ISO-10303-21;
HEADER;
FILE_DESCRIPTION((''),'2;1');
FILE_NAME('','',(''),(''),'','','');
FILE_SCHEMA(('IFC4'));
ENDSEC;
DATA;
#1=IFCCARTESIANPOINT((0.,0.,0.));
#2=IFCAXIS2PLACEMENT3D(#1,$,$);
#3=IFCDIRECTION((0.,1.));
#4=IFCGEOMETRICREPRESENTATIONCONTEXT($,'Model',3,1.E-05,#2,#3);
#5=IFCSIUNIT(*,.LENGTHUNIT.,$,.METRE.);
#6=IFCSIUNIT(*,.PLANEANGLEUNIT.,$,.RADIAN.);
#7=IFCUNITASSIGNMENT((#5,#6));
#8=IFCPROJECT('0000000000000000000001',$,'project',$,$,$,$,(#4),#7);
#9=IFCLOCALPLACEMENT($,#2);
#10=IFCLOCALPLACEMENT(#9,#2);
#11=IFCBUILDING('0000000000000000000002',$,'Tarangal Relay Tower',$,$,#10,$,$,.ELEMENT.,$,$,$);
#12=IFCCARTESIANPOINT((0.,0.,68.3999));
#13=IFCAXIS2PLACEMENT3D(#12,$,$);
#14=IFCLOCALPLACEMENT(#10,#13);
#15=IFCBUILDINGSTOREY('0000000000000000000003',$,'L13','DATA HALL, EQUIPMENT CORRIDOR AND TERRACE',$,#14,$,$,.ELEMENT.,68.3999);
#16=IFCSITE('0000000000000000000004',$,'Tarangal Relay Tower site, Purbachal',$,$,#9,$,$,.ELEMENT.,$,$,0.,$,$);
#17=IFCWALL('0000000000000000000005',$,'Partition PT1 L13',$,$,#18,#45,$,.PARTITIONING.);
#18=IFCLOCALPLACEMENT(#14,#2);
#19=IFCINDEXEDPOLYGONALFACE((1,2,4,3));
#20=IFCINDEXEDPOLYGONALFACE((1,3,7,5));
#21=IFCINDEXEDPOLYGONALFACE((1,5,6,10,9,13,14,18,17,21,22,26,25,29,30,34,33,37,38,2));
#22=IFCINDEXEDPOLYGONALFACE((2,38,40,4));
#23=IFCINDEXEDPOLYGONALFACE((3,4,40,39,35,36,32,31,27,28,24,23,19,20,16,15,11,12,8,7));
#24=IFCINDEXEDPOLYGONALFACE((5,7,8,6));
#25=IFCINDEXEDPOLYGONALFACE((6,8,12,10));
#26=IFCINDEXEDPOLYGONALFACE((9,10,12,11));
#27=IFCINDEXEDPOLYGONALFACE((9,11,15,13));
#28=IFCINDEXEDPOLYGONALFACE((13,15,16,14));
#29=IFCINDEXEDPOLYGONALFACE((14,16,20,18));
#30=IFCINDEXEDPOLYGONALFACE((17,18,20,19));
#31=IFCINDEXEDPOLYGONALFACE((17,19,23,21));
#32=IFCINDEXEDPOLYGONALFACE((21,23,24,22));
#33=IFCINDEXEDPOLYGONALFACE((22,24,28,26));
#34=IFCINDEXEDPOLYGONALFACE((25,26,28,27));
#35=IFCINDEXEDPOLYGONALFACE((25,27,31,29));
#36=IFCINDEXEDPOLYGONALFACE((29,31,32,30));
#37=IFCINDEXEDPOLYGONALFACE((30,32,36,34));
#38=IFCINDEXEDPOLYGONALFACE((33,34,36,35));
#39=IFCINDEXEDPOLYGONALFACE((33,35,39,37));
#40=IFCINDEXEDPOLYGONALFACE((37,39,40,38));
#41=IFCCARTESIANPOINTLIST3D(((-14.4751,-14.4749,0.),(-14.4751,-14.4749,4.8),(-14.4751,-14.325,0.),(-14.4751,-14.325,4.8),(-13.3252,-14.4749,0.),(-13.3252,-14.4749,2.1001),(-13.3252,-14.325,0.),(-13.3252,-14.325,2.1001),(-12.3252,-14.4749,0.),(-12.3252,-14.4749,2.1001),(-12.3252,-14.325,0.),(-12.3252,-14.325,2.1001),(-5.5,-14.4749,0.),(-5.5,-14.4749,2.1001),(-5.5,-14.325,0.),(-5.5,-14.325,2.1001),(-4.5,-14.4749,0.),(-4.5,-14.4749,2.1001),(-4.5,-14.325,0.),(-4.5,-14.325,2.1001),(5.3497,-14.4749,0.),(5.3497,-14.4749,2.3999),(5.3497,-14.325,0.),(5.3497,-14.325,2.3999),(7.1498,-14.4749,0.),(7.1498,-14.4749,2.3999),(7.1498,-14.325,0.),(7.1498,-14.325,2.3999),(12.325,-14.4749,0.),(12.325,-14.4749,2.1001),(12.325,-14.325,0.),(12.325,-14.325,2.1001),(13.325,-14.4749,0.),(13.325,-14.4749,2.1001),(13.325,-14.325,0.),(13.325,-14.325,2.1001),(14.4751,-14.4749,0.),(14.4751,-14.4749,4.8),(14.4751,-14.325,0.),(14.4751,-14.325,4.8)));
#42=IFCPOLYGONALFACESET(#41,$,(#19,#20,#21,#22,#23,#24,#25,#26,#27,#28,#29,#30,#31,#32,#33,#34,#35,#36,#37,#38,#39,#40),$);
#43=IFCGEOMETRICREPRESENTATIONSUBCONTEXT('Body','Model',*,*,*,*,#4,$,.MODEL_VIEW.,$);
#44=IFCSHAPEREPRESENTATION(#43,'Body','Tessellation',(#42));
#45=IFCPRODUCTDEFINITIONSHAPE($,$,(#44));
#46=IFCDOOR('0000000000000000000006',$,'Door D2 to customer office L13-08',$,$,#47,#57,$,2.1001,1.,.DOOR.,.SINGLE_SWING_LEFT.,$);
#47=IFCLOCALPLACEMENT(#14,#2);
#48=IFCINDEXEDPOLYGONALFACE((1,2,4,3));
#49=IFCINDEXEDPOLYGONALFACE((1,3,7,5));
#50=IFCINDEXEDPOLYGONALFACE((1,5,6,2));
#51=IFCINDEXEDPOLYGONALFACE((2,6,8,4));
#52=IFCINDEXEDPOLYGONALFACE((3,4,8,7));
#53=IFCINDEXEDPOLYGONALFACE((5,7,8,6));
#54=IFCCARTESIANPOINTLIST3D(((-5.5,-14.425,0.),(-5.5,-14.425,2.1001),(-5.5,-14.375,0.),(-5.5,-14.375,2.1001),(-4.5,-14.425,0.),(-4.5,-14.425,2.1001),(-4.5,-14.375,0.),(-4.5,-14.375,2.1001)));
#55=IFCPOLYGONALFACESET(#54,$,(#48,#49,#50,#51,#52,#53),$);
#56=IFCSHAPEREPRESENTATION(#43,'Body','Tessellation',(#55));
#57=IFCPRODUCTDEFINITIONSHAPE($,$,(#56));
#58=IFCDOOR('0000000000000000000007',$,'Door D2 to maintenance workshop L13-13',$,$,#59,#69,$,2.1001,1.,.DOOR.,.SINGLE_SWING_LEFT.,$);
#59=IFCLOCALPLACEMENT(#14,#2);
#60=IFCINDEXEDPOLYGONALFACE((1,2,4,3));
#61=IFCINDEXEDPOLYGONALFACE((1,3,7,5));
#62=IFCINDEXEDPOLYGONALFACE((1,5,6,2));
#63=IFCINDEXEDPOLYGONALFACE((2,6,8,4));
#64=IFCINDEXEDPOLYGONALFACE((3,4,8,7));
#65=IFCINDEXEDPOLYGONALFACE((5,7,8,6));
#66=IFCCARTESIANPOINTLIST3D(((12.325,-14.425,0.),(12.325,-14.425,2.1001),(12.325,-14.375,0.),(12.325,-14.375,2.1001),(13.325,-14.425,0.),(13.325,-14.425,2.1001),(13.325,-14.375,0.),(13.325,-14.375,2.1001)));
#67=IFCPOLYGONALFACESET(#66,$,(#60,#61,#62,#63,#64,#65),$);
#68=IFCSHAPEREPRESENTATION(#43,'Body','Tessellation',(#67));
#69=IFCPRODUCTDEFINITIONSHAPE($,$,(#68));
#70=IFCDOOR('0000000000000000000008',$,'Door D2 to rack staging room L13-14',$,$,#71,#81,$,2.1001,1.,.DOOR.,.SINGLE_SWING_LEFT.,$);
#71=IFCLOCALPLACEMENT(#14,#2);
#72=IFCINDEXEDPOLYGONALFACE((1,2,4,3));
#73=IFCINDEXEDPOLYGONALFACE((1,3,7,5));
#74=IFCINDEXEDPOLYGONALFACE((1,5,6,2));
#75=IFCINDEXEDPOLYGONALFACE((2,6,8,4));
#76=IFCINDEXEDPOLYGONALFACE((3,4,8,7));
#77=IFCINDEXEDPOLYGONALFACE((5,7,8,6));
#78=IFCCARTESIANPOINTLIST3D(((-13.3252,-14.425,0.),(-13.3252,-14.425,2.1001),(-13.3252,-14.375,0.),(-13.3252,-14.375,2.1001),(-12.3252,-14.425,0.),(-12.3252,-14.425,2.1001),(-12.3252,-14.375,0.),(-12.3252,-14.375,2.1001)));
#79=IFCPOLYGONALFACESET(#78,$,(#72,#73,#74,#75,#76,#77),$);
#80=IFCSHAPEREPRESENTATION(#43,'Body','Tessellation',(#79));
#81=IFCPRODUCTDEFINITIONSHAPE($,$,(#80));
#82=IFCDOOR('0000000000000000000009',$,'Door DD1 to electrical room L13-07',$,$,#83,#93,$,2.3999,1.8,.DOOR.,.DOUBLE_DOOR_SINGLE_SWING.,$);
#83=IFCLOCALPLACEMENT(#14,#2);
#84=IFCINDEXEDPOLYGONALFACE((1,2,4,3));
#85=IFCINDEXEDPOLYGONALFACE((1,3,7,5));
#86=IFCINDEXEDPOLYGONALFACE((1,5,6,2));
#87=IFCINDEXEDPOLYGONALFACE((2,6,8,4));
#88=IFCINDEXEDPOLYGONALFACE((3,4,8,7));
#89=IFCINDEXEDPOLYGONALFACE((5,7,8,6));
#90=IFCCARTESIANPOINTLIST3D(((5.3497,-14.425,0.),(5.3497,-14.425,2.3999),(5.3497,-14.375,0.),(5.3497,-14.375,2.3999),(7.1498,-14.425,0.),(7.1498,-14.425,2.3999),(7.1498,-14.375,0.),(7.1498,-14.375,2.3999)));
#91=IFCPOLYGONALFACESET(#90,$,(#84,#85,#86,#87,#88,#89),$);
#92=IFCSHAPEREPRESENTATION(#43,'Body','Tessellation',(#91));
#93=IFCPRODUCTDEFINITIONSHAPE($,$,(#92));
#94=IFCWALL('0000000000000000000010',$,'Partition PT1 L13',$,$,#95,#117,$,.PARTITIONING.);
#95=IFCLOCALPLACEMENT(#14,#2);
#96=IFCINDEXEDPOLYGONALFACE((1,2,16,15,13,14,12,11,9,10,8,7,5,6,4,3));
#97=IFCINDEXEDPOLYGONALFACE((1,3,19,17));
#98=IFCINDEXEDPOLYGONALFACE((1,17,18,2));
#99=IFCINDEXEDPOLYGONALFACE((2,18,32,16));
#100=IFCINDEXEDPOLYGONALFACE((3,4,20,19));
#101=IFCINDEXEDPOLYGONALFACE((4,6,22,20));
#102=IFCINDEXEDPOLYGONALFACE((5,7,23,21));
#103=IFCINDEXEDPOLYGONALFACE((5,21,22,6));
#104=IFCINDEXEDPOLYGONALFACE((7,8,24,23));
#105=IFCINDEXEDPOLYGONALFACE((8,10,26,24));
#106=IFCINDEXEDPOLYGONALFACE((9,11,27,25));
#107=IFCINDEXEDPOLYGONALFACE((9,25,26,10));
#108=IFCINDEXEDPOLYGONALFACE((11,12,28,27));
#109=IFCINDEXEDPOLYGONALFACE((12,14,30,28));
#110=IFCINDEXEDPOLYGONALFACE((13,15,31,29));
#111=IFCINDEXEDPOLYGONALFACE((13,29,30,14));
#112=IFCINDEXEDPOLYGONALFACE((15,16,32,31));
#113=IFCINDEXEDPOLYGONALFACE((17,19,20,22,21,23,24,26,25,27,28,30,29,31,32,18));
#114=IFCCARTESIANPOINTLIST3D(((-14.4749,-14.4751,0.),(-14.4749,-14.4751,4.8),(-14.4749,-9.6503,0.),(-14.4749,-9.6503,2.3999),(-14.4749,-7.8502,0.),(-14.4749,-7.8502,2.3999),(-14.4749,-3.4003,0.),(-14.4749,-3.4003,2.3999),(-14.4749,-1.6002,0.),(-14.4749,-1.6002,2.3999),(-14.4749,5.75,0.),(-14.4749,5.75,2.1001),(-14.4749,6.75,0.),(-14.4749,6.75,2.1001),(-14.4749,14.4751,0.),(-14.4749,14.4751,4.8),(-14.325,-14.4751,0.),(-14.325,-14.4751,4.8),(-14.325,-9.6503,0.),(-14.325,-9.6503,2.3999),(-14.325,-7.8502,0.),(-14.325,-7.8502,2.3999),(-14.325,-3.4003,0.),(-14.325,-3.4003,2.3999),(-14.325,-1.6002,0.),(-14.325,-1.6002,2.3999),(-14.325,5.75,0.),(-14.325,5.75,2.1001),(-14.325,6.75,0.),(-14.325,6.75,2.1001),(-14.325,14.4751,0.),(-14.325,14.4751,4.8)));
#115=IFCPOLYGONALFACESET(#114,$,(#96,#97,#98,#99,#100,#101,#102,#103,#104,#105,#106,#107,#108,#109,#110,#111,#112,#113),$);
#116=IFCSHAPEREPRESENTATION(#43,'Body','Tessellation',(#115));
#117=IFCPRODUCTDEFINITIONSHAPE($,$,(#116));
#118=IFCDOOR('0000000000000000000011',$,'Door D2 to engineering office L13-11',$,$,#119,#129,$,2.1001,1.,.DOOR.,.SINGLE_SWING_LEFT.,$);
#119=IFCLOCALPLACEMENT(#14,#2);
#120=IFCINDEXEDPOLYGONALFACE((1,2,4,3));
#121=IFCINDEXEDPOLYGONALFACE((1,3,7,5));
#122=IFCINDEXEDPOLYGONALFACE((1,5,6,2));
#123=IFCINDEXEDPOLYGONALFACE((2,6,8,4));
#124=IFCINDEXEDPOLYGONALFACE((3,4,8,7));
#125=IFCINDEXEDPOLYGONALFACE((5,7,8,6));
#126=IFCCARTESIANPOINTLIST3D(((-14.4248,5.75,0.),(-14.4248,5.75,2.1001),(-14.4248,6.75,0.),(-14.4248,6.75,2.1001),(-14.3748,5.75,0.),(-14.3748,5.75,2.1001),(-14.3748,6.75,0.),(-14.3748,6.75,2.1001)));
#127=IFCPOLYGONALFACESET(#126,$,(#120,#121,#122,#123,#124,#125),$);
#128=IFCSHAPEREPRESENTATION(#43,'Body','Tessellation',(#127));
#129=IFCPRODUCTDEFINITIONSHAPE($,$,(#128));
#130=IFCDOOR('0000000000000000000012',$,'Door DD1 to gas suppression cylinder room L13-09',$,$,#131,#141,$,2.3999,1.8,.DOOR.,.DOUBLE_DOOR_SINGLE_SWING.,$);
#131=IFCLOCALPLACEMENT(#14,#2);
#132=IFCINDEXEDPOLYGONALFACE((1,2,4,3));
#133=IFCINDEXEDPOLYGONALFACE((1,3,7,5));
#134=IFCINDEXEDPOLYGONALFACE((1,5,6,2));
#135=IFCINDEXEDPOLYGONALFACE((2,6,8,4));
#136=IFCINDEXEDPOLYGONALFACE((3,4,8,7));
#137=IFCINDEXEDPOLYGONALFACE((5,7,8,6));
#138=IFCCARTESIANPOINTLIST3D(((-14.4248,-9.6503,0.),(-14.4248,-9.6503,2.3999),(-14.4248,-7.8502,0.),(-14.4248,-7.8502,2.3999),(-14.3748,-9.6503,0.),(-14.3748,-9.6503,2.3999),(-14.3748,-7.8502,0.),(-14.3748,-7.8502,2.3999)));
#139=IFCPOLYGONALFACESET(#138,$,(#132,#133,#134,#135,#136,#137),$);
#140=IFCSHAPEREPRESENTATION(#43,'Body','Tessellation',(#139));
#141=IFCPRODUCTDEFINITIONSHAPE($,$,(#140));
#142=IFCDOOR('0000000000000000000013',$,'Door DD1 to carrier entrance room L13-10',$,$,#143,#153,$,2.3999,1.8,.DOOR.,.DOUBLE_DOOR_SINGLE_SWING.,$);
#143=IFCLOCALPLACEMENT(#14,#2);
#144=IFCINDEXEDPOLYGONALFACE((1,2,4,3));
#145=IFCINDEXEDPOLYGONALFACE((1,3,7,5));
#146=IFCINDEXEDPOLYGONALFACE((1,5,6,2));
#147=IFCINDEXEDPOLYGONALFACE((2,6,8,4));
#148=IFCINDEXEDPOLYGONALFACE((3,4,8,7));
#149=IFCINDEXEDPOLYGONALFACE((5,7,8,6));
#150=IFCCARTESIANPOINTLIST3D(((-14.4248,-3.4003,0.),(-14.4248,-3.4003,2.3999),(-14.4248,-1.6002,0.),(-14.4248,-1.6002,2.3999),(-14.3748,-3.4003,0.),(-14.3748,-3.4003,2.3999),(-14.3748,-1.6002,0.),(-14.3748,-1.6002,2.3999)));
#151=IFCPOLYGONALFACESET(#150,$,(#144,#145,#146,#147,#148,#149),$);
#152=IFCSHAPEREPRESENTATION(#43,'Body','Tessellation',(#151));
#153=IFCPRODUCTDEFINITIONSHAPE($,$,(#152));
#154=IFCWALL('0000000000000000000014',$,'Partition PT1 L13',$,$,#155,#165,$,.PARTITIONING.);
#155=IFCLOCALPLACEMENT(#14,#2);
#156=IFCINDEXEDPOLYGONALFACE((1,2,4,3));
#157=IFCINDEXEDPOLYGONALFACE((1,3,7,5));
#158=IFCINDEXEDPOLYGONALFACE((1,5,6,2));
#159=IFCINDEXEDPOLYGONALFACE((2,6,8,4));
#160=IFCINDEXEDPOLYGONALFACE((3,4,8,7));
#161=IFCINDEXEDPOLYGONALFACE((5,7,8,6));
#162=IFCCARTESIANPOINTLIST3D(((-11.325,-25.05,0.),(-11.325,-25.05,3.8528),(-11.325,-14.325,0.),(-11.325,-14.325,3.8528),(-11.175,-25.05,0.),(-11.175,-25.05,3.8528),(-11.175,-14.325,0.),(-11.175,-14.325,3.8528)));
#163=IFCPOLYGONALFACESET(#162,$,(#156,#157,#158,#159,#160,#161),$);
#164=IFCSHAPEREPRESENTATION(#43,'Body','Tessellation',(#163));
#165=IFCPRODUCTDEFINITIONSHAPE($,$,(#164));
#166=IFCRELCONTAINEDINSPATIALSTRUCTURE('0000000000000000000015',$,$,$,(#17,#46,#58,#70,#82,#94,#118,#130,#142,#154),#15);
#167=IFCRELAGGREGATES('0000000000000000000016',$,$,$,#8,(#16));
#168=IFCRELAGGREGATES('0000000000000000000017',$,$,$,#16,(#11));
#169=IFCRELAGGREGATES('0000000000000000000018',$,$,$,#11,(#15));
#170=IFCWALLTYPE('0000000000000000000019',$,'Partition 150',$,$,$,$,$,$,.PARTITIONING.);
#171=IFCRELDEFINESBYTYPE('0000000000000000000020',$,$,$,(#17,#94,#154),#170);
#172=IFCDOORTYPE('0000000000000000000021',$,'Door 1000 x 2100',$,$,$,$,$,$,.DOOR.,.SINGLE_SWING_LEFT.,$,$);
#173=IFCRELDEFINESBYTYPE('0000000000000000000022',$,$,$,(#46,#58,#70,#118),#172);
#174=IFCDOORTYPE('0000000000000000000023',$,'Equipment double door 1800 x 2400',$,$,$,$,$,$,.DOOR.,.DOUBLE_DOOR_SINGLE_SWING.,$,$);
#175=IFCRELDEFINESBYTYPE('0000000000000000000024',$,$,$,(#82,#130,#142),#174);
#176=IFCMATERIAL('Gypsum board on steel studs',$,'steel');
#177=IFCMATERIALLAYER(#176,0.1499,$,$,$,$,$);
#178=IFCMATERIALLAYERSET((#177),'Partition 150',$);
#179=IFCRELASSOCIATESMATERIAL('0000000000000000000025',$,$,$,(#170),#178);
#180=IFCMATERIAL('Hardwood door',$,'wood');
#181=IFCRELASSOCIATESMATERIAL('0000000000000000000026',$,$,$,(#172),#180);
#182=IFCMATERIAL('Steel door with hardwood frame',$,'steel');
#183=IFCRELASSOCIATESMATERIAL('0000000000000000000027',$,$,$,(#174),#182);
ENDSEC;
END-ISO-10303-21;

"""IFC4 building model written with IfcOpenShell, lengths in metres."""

from ifc_helpers import new_model, si_unit, direction, frame, frame_2d, origin, place, context, subcontext, project, spatial, rectangle, extrude, material, layer, layer_set, type_object, element, fill, save


model = new_model("IFC4")

# Units and contexts
model_context = context("Model", 3, precision=1e-05, world=origin(), true_north=direction((0.0, 1.0)))
body_context = subcontext(model_context, "Body", "Model", "MODEL_VIEW")
ifc_project = project(units=[si_unit("LENGTHUNIT", "METRE"), si_unit("PLANEANGLEUNIT", "RADIAN")], contexts=[model_context])

# Site, building, storey
site_placement = place(None, origin())
site = spatial("IfcSite", under=ifc_project, at=site_placement, Name="Tarangal Relay Tower site, Purbachal", CompositionType="ELEMENT", RefElevation=0.0)
building_placement = place(site_placement, origin())
building = spatial("IfcBuilding", under=site, at=building_placement, Name="Tarangal Relay Tower", CompositionType="ELEMENT")
storey_placement = place(building_placement, frame((0.0, 0.0, 68.3999)))
storey = spatial("IfcBuildingStorey", under=building, at=storey_placement, Name="L13", Description="DATA HALL, EQUIPMENT CORRIDOR AND TERRACE", CompositionType="ELEMENT", Elevation=68.3999)

# Walls, openings, doors
ifc_material_1 = material(Name="Gypsum board on steel studs", Category="steel")
ifc_layer_1 = layer(ifc_material_1, 0.1499)
ifc_layer_set_1 = layer_set([ifc_layer_1], Name="Partition 150")
wall_type_1 = type_object("IfcWallType", Name="Partition 150", PredefinedType="PARTITIONING", material=ifc_layer_set_1)
wall_1_placement = place(storey_placement, frame((-14.4751, -14.3999, 0.0), z_axis=(0.0, 0.0, 1.0), x_axis=(1.0, 0.0, 0.0)))
wall_1 = element("IfcWall", 1, at=wall_1_placement, inside=storey, type_object=wall_type_1, Name="Partition PT1 L13", PredefinedType="PARTITIONING", context=body_context, shape_type="SweptSolid", body=[
    extrude(rectangle(XDim=28.9502, YDim=0.1499, at=frame_2d((14.4751, 0.0))), origin(), (0.0, 0.0, 1.0), 4.8),
])
opening_1_placement = place(wall_1_placement, frame((19.825, 0.0, 0.0)))
opening_1 = element("IfcOpeningElement", 2, at=opening_1_placement, cuts=wall_1, PredefinedType="OPENING", context=body_context, shape_type="SweptSolid", body=[
    extrude(rectangle(XDim=1.8, YDim=2.3999, at=frame_2d((0.8999, 1.2))), frame((0.0, 0.085, 0.0), z_axis=(0.0, -1.0, 0.0), x_axis=(1.0, 0.0, 0.0)), (0.0, 0.0, 1.0), 0.1699),
])
opening_2_placement = place(wall_1_placement, frame((8.9751, 0.0, 0.0)))
opening_2 = element("IfcOpeningElement", 3, at=opening_2_placement, cuts=wall_1, PredefinedType="OPENING", context=body_context, shape_type="SweptSolid", body=[
    extrude(rectangle(XDim=1.0, YDim=2.1001, at=frame_2d((0.5, 1.05))), frame((0.0, 0.085, 0.0), z_axis=(0.0, -1.0, 0.0), x_axis=(1.0, 0.0, 0.0)), (0.0, 0.0, 1.0), 0.1699),
])
opening_3_placement = place(wall_1_placement, frame((26.8, 0.0, 0.0)))
opening_3 = element("IfcOpeningElement", 4, at=opening_3_placement, cuts=wall_1, PredefinedType="OPENING", context=body_context, shape_type="SweptSolid", body=[
    extrude(rectangle(XDim=1.0, YDim=2.1001, at=frame_2d((0.5, 1.05))), frame((0.0, 0.085, 0.0), z_axis=(0.0, -1.0, 0.0), x_axis=(1.0, 0.0, 0.0)), (0.0, 0.0, 1.0), 0.1699),
])
opening_4_placement = place(wall_1_placement, frame((1.1499, 0.0, 0.0)))
opening_4 = element("IfcOpeningElement", 5, at=opening_4_placement, cuts=wall_1, PredefinedType="OPENING", context=body_context, shape_type="SweptSolid", body=[
    extrude(rectangle(XDim=1.0, YDim=2.1001, at=frame_2d((0.5, 1.05))), frame((0.0, 0.085, 0.0), z_axis=(0.0, -1.0, 0.0), x_axis=(1.0, 0.0, 0.0)), (0.0, 0.0, 1.0), 0.1699),
])
ifc_material_2 = material(Name="Hardwood door", Category="wood")
door_type_1 = type_object("IfcDoorType", Name="Door 1000 x 2100", OperationType="SINGLE_SWING_LEFT", PredefinedType="DOOR", material=ifc_material_2)
door_1_placement = place(opening_2_placement, origin())
door_1 = element("IfcDoor", 6, at=door_1_placement, inside=storey, type_object=door_type_1, Name="Door D2 to customer office L13-08", OperationType="SINGLE_SWING_LEFT", OverallHeight=2.1001, OverallWidth=1.0, PredefinedType="DOOR", context=body_context, shape_type="SweptSolid", body=[
    extrude(rectangle(XDim=1.0, YDim=2.1001, at=frame_2d((0.5, 1.05))), frame((0.0, 0.0249, 0.0), z_axis=(0.0, -1.0, 0.0), x_axis=(1.0, 0.0, 0.0)), (0.0, 0.0, 1.0), 0.05),
])
fill(opening_2, door_1)
door_2_placement = place(opening_3_placement, origin())
door_2 = element("IfcDoor", 7, at=door_2_placement, inside=storey, type_object=door_type_1, Name="Door D2 to maintenance workshop L13-13", OperationType="SINGLE_SWING_LEFT", OverallHeight=2.1001, OverallWidth=1.0, PredefinedType="DOOR", context=body_context, shape_type="SweptSolid", body=[
    extrude(rectangle(XDim=1.0, YDim=2.1001, at=frame_2d((0.5, 1.05))), frame((0.0, 0.0249, 0.0), z_axis=(0.0, -1.0, 0.0), x_axis=(1.0, 0.0, 0.0)), (0.0, 0.0, 1.0), 0.05),
])
fill(opening_3, door_2)
door_3_placement = place(opening_4_placement, origin())
door_3 = element("IfcDoor", 8, at=door_3_placement, inside=storey, type_object=door_type_1, Name="Door D2 to rack staging room L13-14", OperationType="SINGLE_SWING_LEFT", OverallHeight=2.1001, OverallWidth=1.0, PredefinedType="DOOR", context=body_context, shape_type="SweptSolid", body=[
    extrude(rectangle(XDim=1.0, YDim=2.1001, at=frame_2d((0.5, 1.05))), frame((0.0, 0.0249, 0.0), z_axis=(0.0, -1.0, 0.0), x_axis=(1.0, 0.0, 0.0)), (0.0, 0.0, 1.0), 0.05),
])
fill(opening_4, door_3)
ifc_material_3 = material(Name="Steel door with hardwood frame", Category="steel")
door_type_2 = type_object("IfcDoorType", Name="Equipment double door 1800 x 2400", OperationType="DOUBLE_DOOR_SINGLE_SWING", PredefinedType="DOOR", material=ifc_material_3)
door_4_placement = place(opening_1_placement, origin())
door_4 = element("IfcDoor", 9, at=door_4_placement, inside=storey, type_object=door_type_2, Name="Door DD1 to electrical room L13-07", OperationType="DOUBLE_DOOR_SINGLE_SWING", OverallHeight=2.3999, OverallWidth=1.8, PredefinedType="DOOR", context=body_context, shape_type="SweptSolid", body=[
    extrude(rectangle(XDim=1.8, YDim=2.3999, at=frame_2d((0.8999, 1.2))), frame((0.0, 0.0249, 0.0), z_axis=(0.0, -1.0, 0.0), x_axis=(1.0, 0.0, 0.0)), (0.0, 0.0, 1.0), 0.05),
])
fill(opening_1, door_4)
wall_2_placement = place(storey_placement, frame((-14.3999, -14.4751, 0.0), z_axis=(0.0, 0.0, 1.0), x_axis=(0.0, 1.0, 0.0)))
wall_2 = element("IfcWall", 10, at=wall_2_placement, inside=storey, type_object=wall_type_1, Name="Partition PT1 L13", PredefinedType="PARTITIONING", context=body_context, shape_type="SweptSolid", body=[
    extrude(rectangle(XDim=28.9502, YDim=0.1499, at=frame_2d((14.4751, 0.0))), origin(), (0.0, 0.0, 1.0), 4.8),
])
opening_5_placement = place(wall_2_placement, frame((4.825, 0.0, 0.0)))
opening_5 = element("IfcOpeningElement", 11, at=opening_5_placement, cuts=wall_2, PredefinedType="OPENING", context=body_context, shape_type="SweptSolid", body=[
    extrude(rectangle(XDim=1.8, YDim=2.3999, at=frame_2d((0.8999, 1.2))), frame((0.0, 0.085, 0.0), z_axis=(0.0, -1.0, 0.0), x_axis=(1.0, 0.0, 0.0)), (0.0, 0.0, 1.0), 0.1699),
])
opening_6_placement = place(wall_2_placement, frame((11.075, 0.0, 0.0)))
opening_6 = element("IfcOpeningElement", 12, at=opening_6_placement, cuts=wall_2, PredefinedType="OPENING", context=body_context, shape_type="SweptSolid", body=[
    extrude(rectangle(XDim=1.8, YDim=2.3999, at=frame_2d((0.8999, 1.2))), frame((0.0, 0.085, 0.0), z_axis=(0.0, -1.0, 0.0), x_axis=(1.0, 0.0, 0.0)), (0.0, 0.0, 1.0), 0.1699),
])
opening_7_placement = place(wall_2_placement, frame((20.2251, 0.0, 0.0)))
opening_7 = element("IfcOpeningElement", 13, at=opening_7_placement, cuts=wall_2, PredefinedType="OPENING", context=body_context, shape_type="SweptSolid", body=[
    extrude(rectangle(XDim=1.0, YDim=2.1001, at=frame_2d((0.5, 1.05))), frame((0.0, 0.085, 0.0), z_axis=(0.0, -1.0, 0.0), x_axis=(1.0, 0.0, 0.0)), (0.0, 0.0, 1.0), 0.1699),
])
door_5_placement = place(opening_7_placement, origin())
door_5 = element("IfcDoor", 14, at=door_5_placement, inside=storey, type_object=door_type_1, Name="Door D2 to engineering office L13-11", OperationType="SINGLE_SWING_LEFT", OverallHeight=2.1001, OverallWidth=1.0, PredefinedType="DOOR", context=body_context, shape_type="SweptSolid", body=[
    extrude(rectangle(XDim=1.0, YDim=2.1001, at=frame_2d((0.5, 1.05))), frame((0.0, 0.0249, 0.0), z_axis=(0.0, -1.0, 0.0), x_axis=(1.0, 0.0, 0.0)), (0.0, 0.0, 1.0), 0.05),
])
fill(opening_7, door_5)
door_6_placement = place(opening_5_placement, origin())
door_6 = element("IfcDoor", 15, at=door_6_placement, inside=storey, type_object=door_type_2, Name="Door DD1 to gas suppression cylinder room L13-09", OperationType="DOUBLE_DOOR_SINGLE_SWING", OverallHeight=2.3999, OverallWidth=1.8, PredefinedType="DOOR", context=body_context, shape_type="SweptSolid", body=[
    extrude(rectangle(XDim=1.8, YDim=2.3999, at=frame_2d((0.8999, 1.2))), frame((0.0, 0.0249, 0.0), z_axis=(0.0, -1.0, 0.0), x_axis=(1.0, 0.0, 0.0)), (0.0, 0.0, 1.0), 0.05),
])
fill(opening_5, door_6)
door_7_placement = place(opening_6_placement, origin())
door_7 = element("IfcDoor", 16, at=door_7_placement, inside=storey, type_object=door_type_2, Name="Door DD1 to carrier entrance room L13-10", OperationType="DOUBLE_DOOR_SINGLE_SWING", OverallHeight=2.3999, OverallWidth=1.8, PredefinedType="DOOR", context=body_context, shape_type="SweptSolid", body=[
    extrude(rectangle(XDim=1.8, YDim=2.3999, at=frame_2d((0.8999, 1.2))), frame((0.0, 0.0249, 0.0), z_axis=(0.0, -1.0, 0.0), x_axis=(1.0, 0.0, 0.0)), (0.0, 0.0, 1.0), 0.05),
])
fill(opening_6, door_7)

# Wall
wall_3_placement = place(storey_placement, frame((-11.25, -25.05, 0.0), z_axis=(0.0, 0.0, 1.0), x_axis=(0.0, 1.0, 0.0)))
element("IfcWall", 17, at=wall_3_placement, inside=storey, type_object=wall_type_1, Name="Partition PT1 L13", PredefinedType="PARTITIONING", context=body_context, shape_type="SweptSolid", body=[
    extrude(rectangle(XDim=10.7251, YDim=0.1499, at=frame_2d((5.3625, 0.0))), origin(), (0.0, 0.0, 1.0), 3.8528),
])

save(model, "model.ifc")
